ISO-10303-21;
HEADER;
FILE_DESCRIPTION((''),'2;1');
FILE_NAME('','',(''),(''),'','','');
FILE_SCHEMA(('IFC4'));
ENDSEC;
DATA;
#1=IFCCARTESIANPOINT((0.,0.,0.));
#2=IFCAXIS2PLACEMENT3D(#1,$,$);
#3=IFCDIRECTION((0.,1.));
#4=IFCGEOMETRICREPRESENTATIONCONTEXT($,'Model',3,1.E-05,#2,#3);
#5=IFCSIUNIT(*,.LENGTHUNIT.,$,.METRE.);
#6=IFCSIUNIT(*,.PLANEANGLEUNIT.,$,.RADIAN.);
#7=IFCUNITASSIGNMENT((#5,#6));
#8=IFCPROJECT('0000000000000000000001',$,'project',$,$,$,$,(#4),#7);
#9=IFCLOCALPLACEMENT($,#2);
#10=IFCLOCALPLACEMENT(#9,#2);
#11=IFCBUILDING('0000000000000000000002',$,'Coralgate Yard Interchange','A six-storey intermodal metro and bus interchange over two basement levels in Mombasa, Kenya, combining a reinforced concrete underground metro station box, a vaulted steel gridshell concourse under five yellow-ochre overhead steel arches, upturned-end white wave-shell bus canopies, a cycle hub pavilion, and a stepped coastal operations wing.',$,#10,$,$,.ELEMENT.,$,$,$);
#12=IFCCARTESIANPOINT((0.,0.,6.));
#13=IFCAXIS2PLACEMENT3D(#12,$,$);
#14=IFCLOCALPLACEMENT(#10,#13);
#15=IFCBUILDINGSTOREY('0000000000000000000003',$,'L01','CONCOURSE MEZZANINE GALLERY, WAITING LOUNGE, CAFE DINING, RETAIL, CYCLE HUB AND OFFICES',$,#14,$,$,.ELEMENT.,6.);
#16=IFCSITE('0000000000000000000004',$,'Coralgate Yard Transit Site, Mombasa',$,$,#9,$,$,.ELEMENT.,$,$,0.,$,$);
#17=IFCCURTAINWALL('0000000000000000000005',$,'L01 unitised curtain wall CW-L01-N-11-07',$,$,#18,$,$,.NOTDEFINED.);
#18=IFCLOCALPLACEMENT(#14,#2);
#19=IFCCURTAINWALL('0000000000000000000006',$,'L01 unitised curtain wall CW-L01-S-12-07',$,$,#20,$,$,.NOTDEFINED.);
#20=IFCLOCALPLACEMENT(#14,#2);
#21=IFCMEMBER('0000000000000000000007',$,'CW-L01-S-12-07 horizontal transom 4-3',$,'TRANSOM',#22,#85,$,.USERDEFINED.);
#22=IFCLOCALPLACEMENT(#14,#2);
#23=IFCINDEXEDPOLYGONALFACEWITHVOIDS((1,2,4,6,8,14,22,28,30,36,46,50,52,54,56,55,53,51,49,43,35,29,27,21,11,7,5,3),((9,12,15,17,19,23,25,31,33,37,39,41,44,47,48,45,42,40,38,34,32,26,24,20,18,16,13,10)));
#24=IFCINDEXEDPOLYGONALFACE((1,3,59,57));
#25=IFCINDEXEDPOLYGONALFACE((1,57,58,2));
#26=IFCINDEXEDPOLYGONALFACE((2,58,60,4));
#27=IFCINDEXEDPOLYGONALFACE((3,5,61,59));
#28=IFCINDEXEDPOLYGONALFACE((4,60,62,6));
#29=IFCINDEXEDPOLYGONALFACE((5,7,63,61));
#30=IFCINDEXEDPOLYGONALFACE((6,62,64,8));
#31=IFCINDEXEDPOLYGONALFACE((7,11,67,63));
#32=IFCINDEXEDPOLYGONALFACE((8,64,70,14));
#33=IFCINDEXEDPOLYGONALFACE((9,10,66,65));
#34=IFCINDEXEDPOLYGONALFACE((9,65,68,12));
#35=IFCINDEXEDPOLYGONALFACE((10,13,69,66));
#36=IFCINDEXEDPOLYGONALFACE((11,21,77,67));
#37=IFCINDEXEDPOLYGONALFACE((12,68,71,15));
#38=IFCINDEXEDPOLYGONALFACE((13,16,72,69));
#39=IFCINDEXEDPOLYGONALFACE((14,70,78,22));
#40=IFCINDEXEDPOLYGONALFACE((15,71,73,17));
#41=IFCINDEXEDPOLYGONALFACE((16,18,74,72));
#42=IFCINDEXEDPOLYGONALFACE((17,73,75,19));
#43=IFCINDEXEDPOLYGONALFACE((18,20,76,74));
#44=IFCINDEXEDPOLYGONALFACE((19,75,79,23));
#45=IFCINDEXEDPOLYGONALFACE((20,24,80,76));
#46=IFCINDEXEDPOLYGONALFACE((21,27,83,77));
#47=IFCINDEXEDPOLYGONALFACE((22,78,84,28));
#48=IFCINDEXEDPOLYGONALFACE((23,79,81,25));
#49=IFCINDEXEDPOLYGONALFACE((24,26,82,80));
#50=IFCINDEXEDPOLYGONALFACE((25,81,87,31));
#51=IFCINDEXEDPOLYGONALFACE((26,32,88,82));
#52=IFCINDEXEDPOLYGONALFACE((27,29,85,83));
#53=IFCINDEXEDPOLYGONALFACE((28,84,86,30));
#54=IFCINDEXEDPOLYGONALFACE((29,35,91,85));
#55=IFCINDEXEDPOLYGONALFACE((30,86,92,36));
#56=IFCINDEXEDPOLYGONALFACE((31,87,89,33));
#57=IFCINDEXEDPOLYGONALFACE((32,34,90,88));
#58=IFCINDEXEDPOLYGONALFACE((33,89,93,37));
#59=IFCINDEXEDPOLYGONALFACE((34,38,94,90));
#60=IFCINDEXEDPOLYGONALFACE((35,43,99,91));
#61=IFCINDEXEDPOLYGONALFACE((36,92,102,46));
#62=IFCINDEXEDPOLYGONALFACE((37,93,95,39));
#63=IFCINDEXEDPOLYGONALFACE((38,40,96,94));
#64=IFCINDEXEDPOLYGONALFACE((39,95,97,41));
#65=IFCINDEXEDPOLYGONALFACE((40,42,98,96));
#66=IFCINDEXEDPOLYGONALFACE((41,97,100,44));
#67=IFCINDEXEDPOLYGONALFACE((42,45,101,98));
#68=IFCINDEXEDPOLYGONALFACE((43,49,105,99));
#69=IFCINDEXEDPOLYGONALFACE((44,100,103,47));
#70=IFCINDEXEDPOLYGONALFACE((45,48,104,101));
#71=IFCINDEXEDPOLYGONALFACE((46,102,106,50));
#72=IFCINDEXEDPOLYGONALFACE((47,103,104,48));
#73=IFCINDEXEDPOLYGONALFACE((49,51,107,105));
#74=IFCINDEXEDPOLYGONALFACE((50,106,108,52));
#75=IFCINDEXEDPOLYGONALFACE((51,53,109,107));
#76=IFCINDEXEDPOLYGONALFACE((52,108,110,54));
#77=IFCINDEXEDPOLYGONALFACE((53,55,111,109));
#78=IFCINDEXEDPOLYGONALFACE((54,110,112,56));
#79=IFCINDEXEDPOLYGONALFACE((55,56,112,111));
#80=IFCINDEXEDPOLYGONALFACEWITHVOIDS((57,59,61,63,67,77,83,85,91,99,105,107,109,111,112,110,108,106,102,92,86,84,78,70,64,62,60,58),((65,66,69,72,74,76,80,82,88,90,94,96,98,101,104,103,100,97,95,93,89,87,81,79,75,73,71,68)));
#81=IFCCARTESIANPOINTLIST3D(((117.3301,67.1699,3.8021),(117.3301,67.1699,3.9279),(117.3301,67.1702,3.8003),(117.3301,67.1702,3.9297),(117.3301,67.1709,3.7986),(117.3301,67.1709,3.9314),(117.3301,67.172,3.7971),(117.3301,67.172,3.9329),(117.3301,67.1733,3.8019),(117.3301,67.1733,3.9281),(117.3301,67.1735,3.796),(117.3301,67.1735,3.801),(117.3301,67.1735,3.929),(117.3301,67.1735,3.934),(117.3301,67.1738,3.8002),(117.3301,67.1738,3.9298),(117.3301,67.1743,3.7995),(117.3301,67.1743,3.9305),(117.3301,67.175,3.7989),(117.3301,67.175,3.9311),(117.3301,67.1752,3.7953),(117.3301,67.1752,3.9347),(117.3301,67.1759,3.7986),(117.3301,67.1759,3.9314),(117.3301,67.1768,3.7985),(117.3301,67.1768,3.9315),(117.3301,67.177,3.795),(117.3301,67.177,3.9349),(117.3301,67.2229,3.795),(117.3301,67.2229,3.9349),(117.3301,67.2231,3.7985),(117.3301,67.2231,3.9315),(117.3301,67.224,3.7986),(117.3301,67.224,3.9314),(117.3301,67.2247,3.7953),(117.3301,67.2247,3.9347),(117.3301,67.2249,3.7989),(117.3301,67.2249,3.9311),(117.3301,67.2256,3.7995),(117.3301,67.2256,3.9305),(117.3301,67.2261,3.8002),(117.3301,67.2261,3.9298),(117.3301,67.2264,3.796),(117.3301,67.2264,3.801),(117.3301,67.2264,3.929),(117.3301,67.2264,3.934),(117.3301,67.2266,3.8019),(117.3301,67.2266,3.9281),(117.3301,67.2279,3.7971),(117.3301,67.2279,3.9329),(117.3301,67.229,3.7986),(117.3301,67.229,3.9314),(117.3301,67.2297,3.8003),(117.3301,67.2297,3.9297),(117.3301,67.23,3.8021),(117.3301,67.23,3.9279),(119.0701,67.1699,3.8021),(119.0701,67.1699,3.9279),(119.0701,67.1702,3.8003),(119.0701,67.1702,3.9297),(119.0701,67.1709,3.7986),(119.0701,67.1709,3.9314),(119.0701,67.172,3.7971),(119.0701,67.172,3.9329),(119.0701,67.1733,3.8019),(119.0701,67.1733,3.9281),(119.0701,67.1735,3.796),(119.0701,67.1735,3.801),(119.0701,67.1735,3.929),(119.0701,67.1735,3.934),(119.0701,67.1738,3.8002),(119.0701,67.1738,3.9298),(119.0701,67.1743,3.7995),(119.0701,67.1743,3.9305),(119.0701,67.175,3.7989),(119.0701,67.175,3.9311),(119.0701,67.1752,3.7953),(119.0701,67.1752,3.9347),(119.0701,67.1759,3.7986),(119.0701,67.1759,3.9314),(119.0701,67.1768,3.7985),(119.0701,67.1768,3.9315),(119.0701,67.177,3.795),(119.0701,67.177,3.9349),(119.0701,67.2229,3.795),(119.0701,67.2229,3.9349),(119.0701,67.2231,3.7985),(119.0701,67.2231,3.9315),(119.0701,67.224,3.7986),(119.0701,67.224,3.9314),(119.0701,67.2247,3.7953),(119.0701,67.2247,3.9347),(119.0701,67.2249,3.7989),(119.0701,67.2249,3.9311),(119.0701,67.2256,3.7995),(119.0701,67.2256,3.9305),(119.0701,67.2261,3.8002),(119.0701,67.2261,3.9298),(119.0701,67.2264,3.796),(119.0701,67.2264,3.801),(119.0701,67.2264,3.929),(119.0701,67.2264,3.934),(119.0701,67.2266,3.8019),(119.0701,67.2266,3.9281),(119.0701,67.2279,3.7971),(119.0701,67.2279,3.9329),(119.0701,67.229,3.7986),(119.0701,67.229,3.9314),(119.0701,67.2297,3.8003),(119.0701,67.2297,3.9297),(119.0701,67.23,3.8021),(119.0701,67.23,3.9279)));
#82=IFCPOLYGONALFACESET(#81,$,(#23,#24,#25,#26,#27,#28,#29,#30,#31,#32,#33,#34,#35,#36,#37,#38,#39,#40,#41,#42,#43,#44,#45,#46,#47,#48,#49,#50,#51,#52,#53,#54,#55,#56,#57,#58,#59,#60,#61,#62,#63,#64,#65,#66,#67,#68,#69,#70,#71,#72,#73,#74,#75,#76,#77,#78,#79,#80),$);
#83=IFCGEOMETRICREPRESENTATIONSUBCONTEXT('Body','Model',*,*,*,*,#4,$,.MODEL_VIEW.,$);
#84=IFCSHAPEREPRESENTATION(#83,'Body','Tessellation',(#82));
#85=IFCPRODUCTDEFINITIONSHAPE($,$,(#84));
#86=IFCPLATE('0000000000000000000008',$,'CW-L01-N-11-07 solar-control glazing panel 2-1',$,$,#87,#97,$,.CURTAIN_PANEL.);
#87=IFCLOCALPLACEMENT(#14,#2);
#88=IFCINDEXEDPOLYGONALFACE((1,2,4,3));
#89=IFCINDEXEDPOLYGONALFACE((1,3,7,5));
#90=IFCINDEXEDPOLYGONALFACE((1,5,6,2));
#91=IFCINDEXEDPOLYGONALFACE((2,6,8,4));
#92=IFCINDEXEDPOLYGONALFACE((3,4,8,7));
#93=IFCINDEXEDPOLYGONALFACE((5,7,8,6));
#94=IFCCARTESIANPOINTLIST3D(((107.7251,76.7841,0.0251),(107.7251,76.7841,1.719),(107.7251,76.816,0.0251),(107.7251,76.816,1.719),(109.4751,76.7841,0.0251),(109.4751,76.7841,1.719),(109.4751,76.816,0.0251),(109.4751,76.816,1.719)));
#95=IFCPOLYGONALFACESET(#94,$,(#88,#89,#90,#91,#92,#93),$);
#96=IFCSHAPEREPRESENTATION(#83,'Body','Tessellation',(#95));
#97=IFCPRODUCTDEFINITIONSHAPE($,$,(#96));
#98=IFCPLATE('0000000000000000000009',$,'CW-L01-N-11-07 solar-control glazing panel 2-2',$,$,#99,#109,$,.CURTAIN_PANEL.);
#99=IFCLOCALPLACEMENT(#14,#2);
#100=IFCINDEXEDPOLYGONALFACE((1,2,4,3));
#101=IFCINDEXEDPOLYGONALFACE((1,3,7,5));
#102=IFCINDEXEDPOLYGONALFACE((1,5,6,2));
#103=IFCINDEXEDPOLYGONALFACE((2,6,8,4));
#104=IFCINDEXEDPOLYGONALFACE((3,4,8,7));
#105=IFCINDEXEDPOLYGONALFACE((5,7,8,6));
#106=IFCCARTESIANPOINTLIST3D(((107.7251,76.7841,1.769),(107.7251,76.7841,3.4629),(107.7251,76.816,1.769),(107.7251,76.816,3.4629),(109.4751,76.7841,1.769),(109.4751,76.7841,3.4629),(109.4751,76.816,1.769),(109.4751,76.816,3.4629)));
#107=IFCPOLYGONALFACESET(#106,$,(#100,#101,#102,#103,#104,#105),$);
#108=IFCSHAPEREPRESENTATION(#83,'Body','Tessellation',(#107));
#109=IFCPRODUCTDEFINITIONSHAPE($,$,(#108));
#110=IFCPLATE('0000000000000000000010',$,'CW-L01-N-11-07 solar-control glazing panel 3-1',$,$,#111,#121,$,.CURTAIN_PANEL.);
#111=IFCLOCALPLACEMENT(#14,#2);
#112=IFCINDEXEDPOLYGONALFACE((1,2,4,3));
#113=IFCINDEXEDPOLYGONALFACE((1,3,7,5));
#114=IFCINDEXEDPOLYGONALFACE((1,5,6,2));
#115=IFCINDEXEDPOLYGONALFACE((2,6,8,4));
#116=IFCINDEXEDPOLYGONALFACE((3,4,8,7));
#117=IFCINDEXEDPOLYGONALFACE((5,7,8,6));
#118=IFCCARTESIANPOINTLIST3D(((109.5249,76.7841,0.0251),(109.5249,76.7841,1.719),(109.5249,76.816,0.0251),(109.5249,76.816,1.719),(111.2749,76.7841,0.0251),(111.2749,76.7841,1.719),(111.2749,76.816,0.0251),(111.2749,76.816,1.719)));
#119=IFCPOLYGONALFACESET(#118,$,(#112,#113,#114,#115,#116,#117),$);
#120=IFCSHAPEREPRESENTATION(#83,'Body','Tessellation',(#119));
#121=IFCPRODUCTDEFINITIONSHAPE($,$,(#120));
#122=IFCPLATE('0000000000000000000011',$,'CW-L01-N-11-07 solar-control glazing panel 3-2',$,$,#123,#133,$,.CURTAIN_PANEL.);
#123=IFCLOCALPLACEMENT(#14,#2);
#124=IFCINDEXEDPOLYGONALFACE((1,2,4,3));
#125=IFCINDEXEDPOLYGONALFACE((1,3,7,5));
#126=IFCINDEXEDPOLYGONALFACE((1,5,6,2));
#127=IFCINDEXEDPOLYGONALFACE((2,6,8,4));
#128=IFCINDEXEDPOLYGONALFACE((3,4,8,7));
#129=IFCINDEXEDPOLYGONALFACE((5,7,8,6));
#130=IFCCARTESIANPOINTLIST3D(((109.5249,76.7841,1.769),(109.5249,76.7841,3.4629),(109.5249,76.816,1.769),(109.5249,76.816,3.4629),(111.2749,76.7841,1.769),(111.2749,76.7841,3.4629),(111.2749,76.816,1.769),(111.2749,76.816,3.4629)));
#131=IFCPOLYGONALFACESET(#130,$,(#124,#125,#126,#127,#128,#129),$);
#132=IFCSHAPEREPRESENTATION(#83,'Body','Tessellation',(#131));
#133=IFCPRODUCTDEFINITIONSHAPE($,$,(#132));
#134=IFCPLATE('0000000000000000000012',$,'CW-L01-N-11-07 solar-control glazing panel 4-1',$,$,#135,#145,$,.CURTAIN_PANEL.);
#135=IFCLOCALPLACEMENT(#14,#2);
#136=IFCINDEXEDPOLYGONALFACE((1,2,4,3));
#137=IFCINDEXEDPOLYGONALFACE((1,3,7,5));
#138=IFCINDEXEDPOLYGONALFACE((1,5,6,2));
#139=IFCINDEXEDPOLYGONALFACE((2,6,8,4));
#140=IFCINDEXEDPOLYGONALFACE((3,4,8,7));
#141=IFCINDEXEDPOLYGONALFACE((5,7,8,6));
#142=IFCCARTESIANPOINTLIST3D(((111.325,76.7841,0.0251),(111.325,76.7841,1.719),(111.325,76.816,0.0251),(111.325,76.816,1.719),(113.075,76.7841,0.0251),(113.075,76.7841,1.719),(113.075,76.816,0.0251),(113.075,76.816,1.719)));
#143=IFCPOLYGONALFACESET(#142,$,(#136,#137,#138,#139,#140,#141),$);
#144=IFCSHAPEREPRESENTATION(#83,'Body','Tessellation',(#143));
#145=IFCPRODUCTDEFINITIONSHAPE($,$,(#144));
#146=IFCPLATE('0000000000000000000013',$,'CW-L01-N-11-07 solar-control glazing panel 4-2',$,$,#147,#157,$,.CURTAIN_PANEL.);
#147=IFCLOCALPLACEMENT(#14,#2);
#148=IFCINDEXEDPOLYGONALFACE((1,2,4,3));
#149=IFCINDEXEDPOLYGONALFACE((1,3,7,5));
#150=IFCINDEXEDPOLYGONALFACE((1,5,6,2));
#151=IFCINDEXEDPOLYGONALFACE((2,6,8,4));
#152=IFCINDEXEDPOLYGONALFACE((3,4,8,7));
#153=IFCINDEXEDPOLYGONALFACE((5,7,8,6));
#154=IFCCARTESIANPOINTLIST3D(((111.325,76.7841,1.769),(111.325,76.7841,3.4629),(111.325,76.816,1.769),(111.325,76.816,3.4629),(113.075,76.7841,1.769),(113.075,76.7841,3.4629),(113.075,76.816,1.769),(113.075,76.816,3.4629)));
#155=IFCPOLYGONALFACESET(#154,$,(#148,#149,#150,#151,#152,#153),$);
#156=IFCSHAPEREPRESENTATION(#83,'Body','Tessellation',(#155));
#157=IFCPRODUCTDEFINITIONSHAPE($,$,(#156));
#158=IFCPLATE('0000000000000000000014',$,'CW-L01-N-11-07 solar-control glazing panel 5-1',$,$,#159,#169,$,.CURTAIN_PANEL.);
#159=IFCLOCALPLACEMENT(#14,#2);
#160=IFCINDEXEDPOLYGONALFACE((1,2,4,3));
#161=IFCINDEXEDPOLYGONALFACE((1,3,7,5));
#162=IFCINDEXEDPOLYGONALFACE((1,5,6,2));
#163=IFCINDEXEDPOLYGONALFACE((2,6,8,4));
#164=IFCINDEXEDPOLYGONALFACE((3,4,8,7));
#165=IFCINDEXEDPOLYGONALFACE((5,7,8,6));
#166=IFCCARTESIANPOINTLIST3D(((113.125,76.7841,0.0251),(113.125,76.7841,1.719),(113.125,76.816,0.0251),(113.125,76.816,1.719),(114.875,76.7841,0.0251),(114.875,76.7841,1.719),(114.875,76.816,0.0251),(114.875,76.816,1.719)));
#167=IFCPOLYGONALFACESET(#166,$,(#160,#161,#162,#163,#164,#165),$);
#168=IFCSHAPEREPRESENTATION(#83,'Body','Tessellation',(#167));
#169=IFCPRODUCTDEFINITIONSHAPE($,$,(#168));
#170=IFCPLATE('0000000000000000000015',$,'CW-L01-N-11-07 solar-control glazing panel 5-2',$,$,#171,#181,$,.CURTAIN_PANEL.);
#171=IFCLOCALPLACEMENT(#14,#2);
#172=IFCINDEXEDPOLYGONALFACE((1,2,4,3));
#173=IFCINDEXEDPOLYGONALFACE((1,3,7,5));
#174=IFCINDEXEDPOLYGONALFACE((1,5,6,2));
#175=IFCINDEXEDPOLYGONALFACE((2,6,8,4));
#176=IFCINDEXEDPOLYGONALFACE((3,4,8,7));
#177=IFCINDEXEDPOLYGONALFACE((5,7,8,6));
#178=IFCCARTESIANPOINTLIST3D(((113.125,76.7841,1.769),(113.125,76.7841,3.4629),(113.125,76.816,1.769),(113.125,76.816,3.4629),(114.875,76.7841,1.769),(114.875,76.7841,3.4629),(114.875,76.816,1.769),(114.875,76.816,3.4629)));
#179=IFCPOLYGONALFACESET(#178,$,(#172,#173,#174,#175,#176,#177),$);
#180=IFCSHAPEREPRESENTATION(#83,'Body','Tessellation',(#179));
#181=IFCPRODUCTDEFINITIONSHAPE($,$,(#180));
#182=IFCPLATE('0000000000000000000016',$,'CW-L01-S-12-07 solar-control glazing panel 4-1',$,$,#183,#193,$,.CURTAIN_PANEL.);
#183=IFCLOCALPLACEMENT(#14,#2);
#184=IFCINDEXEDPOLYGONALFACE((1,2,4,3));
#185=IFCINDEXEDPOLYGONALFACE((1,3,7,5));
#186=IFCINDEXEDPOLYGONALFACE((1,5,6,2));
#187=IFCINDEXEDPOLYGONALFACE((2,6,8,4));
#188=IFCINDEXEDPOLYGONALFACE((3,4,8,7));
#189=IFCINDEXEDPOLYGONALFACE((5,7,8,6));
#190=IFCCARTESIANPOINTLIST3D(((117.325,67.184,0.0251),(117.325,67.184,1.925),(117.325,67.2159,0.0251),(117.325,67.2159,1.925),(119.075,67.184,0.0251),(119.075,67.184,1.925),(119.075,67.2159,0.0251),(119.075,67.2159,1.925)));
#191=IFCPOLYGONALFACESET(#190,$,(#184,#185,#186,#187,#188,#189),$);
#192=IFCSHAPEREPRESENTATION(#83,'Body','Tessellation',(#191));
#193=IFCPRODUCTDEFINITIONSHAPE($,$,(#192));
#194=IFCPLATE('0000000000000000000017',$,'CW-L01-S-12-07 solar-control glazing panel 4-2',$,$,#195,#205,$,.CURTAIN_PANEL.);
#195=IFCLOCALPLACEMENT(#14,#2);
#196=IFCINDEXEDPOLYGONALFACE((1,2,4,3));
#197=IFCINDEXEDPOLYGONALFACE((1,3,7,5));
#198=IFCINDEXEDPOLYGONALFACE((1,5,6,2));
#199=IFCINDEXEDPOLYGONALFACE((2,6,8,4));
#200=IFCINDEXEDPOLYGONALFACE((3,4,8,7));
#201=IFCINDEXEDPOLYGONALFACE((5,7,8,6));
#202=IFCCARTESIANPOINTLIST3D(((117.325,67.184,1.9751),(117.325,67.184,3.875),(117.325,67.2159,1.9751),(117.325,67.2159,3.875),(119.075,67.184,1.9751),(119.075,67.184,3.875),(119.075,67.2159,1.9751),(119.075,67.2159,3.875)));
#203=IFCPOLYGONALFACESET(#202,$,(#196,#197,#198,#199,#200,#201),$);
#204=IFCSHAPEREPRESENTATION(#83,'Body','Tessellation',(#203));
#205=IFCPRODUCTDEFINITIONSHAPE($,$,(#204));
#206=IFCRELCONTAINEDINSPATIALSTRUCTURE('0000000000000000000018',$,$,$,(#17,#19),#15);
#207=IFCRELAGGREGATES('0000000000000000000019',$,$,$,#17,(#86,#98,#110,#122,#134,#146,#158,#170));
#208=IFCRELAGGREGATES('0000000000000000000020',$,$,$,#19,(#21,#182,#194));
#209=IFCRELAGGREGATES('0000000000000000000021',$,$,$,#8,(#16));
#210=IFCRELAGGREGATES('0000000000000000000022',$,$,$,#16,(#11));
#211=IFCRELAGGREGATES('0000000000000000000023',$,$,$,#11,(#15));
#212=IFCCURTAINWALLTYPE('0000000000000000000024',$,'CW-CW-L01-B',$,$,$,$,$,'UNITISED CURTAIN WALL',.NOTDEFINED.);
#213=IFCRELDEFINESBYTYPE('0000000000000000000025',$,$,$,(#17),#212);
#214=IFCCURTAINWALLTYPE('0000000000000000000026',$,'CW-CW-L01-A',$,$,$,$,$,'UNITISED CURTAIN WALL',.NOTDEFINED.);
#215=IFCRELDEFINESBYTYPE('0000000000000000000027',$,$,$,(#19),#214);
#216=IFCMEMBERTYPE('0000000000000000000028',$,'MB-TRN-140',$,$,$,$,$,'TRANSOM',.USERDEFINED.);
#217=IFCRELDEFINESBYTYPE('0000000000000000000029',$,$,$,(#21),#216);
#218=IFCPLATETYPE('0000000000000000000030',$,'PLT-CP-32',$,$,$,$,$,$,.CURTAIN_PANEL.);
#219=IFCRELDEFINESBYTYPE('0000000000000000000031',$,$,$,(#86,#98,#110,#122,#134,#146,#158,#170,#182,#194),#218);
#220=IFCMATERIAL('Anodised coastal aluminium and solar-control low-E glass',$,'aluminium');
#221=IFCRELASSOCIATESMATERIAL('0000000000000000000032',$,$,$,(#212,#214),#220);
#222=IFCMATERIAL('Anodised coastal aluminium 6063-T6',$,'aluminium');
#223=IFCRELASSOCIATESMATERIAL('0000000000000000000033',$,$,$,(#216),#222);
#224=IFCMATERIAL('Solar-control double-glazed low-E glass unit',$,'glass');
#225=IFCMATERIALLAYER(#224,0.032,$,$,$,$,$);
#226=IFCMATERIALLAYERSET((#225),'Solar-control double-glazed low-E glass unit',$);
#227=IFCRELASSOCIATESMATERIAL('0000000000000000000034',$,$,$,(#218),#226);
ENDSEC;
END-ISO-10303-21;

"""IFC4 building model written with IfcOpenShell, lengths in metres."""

from ifc_helpers import new_model, si_unit, direction, frame, origin, origin_2d, place, context, subcontext, project, spatial, rectangle, hollow_rectangle, extrude, material, layer, layer_set, material_profile, profile_set, type_object, element, aggregate, save


model = new_model("IFC4")

# Units and contexts
model_context = context("Model", 3, precision=1e-05, world=origin(), true_north=direction((0.0, 1.0)))
body_context = subcontext(model_context, "Body", "Model", "MODEL_VIEW")
ifc_project = project(units=[si_unit("LENGTHUNIT", "METRE"), si_unit("PLANEANGLEUNIT", "RADIAN")], contexts=[model_context])

# Site, building, storey
site_placement = place(None, origin())
site = spatial("IfcSite", under=ifc_project, at=site_placement, Name="Coralgate Yard Transit Site, Mombasa", CompositionType="ELEMENT", RefElevation=0.0)
building_placement = place(site_placement, origin())
building = spatial("IfcBuilding", under=site, at=building_placement, Name="Coralgate Yard Interchange", Description="A six-storey intermodal metro and bus interchange over two basement levels in Mombasa, Kenya, combining a reinforced concrete underground metro station box, a vaulted steel gridshell concourse under five yellow-ochre overhead steel arches, upturned-end white wave-shell bus canopies, a cycle hub pavilion, and a stepped coastal operations wing.", CompositionType="ELEMENT")
storey_placement = place(building_placement, frame((0.0, 0.0, 6.0)))
storey = spatial("IfcBuildingStorey", under=building, at=storey_placement, Name="L01", Description="CONCOURSE MEZZANINE GALLERY, WAITING LOUNGE, CAFE DINING, RETAIL, CYCLE HUB AND OFFICES", CompositionType="ELEMENT", Elevation=6.0)

# Curtain walls, member
ifc_material_1 = material(Name="Anodised coastal aluminium and solar-control low-E glass", Category="aluminium")
curtain_wall_type_1 = type_object("IfcCurtainWallType", Name="CW-CW-L01-B", ElementType="UNITISED CURTAIN WALL", PredefinedType="NOTDEFINED", material=ifc_material_1)
curtain_wall_1_placement = place(storey_placement, origin())
curtain_wall_1 = element("IfcCurtainWall", 1, at=curtain_wall_1_placement, inside=storey, type_object=curtain_wall_type_1, Name="L01 unitised curtain wall CW-L01-N-11-07", PredefinedType="NOTDEFINED")
ifc_material_2 = material(Name="Anodised coastal aluminium 6063-T6", Category="aluminium")
ifc_material_profile_1 = material_profile(ifc_material_2, hollow_rectangle(XDim=0.0601, YDim=0.1399, WallThickness=0.0034, InnerFilletRadius=0.0034, OuterFilletRadius=0.0071, at=origin_2d()), Name="ALU 60x140x3.5")
ifc_profile_set_1 = profile_set([ifc_material_profile_1], Name="Anodised coastal aluminium 6063-T6")
member_type_1 = type_object("IfcMemberType", Name="MB-TRN-140", ElementType="TRANSOM", PredefinedType="USERDEFINED", material=ifc_profile_set_1)
curtain_wall_type_2 = type_object("IfcCurtainWallType", Name="CW-CW-L01-A", ElementType="UNITISED CURTAIN WALL", PredefinedType="NOTDEFINED", material=ifc_material_1)
curtain_wall_2_placement = place(storey_placement, origin())
curtain_wall_2 = element("IfcCurtainWall", 2, at=curtain_wall_2_placement, inside=storey, type_object=curtain_wall_type_2, Name="L01 unitised curtain wall CW-L01-S-12-07", PredefinedType="NOTDEFINED")
member_1_placement = place(storey_placement, frame((119.0701, 67.2, 3.865), z_axis=(-1.0, 0.0, 0.0), x_axis=(0.0, -1.0, 0.0)))
member_1 = element("IfcMember", 3, at=member_1_placement, type_object=member_type_1, Name="CW-L01-S-12-07 horizontal transom 4-3", ObjectType="TRANSOM", PredefinedType="USERDEFINED", context=body_context, shape_type="SweptSolid", body=[
    extrude(hollow_rectangle(XDim=0.0601, YDim=0.1399, WallThickness=0.0034, InnerFilletRadius=0.0034, OuterFilletRadius=0.0071, at=origin_2d()), origin(), (0.0, 0.0, 1.0), 1.74),
])

# Plates
ifc_material_3 = material(Name="Solar-control double-glazed low-E glass unit", Category="glass")
ifc_layer_1 = layer(ifc_material_3, 0.032)
ifc_layer_set_1 = layer_set([ifc_layer_1], Name="Solar-control double-glazed low-E glass unit")
plate_type = type_object("IfcPlateType", Name="PLT-CP-32", PredefinedType="CURTAIN_PANEL", material=ifc_layer_set_1)
plate_1_placement = place(storey_placement, frame((108.6001, 76.8, 0.0251), z_axis=(0.0, 0.0, 1.0), x_axis=(1.0, 0.0, 0.0)))
plate_1 = element("IfcPlate", 4, at=plate_1_placement, type_object=plate_type, Name="CW-L01-N-11-07 solar-control glazing panel 2-1", PredefinedType="CURTAIN_PANEL", context=body_context, shape_type="SweptSolid", body=[
    extrude(rectangle(XDim=1.75, YDim=0.032, at=origin_2d()), origin(), (0.0, 0.0, 1.0), 1.6938),
])
plate_2_placement = place(storey_placement, frame((108.6001, 76.8, 1.769), z_axis=(0.0, 0.0, 1.0), x_axis=(1.0, 0.0, 0.0)))
plate_2 = element("IfcPlate", 5, at=plate_2_placement, type_object=plate_type, Name="CW-L01-N-11-07 solar-control glazing panel 2-2", PredefinedType="CURTAIN_PANEL", context=body_context, shape_type="SweptSolid", body=[
    extrude(rectangle(XDim=1.75, YDim=0.032, at=origin_2d()), origin(), (0.0, 0.0, 1.0), 1.6938),
])
plate_3_placement = place(storey_placement, frame((110.3999, 76.8, 0.0251), z_axis=(0.0, 0.0, 1.0), x_axis=(1.0, 0.0, 0.0)))
plate_3 = element("IfcPlate", 6, at=plate_3_placement, type_object=plate_type, Name="CW-L01-N-11-07 solar-control glazing panel 3-1", PredefinedType="CURTAIN_PANEL", context=body_context, shape_type="SweptSolid", body=[
    extrude(rectangle(XDim=1.75, YDim=0.032, at=origin_2d()), origin(), (0.0, 0.0, 1.0), 1.6938),
])
plate_4_placement = place(storey_placement, frame((110.3999, 76.8, 1.769), z_axis=(0.0, 0.0, 1.0), x_axis=(1.0, 0.0, 0.0)))
plate_4 = element("IfcPlate", 7, at=plate_4_placement, type_object=plate_type, Name="CW-L01-N-11-07 solar-control glazing panel 3-2", PredefinedType="CURTAIN_PANEL", context=body_context, shape_type="SweptSolid", body=[
    extrude(rectangle(XDim=1.75, YDim=0.032, at=origin_2d()), origin(), (0.0, 0.0, 1.0), 1.6938),
])
plate_5_placement = place(storey_placement, frame((112.2, 76.8, 0.0251), z_axis=(0.0, 0.0, 1.0), x_axis=(1.0, 0.0, 0.0)))
plate_5 = element("IfcPlate", 8, at=plate_5_placement, type_object=plate_type, Name="CW-L01-N-11-07 solar-control glazing panel 4-1", PredefinedType="CURTAIN_PANEL", context=body_context, shape_type="SweptSolid", body=[
    extrude(rectangle(XDim=1.75, YDim=0.032, at=origin_2d()), origin(), (0.0, 0.0, 1.0), 1.6938),
])
plate_6_placement = place(storey_placement, frame((112.2, 76.8, 1.769), z_axis=(0.0, 0.0, 1.0), x_axis=(1.0, 0.0, 0.0)))
plate_6 = element("IfcPlate", 9, at=plate_6_placement, type_object=plate_type, Name="CW-L01-N-11-07 solar-control glazing panel 4-2", PredefinedType="CURTAIN_PANEL", context=body_context, shape_type="SweptSolid", body=[
    extrude(rectangle(XDim=1.75, YDim=0.032, at=origin_2d()), origin(), (0.0, 0.0, 1.0), 1.6938),
])
plate_7_placement = place(storey_placement, frame((114.0, 76.8, 0.0251), z_axis=(0.0, 0.0, 1.0), x_axis=(1.0, 0.0, 0.0)))
plate_7 = element("IfcPlate", 10, at=plate_7_placement, type_object=plate_type, Name="CW-L01-N-11-07 solar-control glazing panel 5-1", PredefinedType="CURTAIN_PANEL", context=body_context, shape_type="SweptSolid", body=[
    extrude(rectangle(XDim=1.75, YDim=0.032, at=origin_2d()), origin(), (0.0, 0.0, 1.0), 1.6938),
])
plate_8_placement = place(storey_placement, frame((114.0, 76.8, 1.769), z_axis=(0.0, 0.0, 1.0), x_axis=(1.0, 0.0, 0.0)))
plate_8 = element("IfcPlate", 11, at=plate_8_placement, type_object=plate_type, Name="CW-L01-N-11-07 solar-control glazing panel 5-2", PredefinedType="CURTAIN_PANEL", context=body_context, shape_type="SweptSolid", body=[
    extrude(rectangle(XDim=1.75, YDim=0.032, at=origin_2d()), origin(), (0.0, 0.0, 1.0), 1.6938),
])
aggregate(curtain_wall_1, [plate_1, plate_2, plate_3, plate_4, plate_5, plate_6, plate_7, plate_8])
plate_9_placement = place(storey_placement, frame((118.2, 67.2, 0.0251), z_axis=(0.0, 0.0, 1.0), x_axis=(-1.0, 0.0, 0.0)))
plate_9 = element("IfcPlate", 12, at=plate_9_placement, type_object=plate_type, Name="CW-L01-S-12-07 solar-control glazing panel 4-1", PredefinedType="CURTAIN_PANEL", context=body_context, shape_type="SweptSolid", body=[
    extrude(rectangle(XDim=1.75, YDim=0.032, at=origin_2d()), origin(), (0.0, 0.0, 1.0), 1.8999),
])
plate_10_placement = place(storey_placement, frame((118.2, 67.2, 1.9751), z_axis=(0.0, 0.0, 1.0), x_axis=(-1.0, 0.0, 0.0)))
plate_10 = element("IfcPlate", 13, at=plate_10_placement, type_object=plate_type, Name="CW-L01-S-12-07 solar-control glazing panel 4-2", PredefinedType="CURTAIN_PANEL", context=body_context, shape_type="SweptSolid", body=[
    extrude(rectangle(XDim=1.75, YDim=0.032, at=origin_2d()), origin(), (0.0, 0.0, 1.0), 1.8999),
])
aggregate(curtain_wall_2, [member_1, plate_9, plate_10])

save(model, "model.ifc")
